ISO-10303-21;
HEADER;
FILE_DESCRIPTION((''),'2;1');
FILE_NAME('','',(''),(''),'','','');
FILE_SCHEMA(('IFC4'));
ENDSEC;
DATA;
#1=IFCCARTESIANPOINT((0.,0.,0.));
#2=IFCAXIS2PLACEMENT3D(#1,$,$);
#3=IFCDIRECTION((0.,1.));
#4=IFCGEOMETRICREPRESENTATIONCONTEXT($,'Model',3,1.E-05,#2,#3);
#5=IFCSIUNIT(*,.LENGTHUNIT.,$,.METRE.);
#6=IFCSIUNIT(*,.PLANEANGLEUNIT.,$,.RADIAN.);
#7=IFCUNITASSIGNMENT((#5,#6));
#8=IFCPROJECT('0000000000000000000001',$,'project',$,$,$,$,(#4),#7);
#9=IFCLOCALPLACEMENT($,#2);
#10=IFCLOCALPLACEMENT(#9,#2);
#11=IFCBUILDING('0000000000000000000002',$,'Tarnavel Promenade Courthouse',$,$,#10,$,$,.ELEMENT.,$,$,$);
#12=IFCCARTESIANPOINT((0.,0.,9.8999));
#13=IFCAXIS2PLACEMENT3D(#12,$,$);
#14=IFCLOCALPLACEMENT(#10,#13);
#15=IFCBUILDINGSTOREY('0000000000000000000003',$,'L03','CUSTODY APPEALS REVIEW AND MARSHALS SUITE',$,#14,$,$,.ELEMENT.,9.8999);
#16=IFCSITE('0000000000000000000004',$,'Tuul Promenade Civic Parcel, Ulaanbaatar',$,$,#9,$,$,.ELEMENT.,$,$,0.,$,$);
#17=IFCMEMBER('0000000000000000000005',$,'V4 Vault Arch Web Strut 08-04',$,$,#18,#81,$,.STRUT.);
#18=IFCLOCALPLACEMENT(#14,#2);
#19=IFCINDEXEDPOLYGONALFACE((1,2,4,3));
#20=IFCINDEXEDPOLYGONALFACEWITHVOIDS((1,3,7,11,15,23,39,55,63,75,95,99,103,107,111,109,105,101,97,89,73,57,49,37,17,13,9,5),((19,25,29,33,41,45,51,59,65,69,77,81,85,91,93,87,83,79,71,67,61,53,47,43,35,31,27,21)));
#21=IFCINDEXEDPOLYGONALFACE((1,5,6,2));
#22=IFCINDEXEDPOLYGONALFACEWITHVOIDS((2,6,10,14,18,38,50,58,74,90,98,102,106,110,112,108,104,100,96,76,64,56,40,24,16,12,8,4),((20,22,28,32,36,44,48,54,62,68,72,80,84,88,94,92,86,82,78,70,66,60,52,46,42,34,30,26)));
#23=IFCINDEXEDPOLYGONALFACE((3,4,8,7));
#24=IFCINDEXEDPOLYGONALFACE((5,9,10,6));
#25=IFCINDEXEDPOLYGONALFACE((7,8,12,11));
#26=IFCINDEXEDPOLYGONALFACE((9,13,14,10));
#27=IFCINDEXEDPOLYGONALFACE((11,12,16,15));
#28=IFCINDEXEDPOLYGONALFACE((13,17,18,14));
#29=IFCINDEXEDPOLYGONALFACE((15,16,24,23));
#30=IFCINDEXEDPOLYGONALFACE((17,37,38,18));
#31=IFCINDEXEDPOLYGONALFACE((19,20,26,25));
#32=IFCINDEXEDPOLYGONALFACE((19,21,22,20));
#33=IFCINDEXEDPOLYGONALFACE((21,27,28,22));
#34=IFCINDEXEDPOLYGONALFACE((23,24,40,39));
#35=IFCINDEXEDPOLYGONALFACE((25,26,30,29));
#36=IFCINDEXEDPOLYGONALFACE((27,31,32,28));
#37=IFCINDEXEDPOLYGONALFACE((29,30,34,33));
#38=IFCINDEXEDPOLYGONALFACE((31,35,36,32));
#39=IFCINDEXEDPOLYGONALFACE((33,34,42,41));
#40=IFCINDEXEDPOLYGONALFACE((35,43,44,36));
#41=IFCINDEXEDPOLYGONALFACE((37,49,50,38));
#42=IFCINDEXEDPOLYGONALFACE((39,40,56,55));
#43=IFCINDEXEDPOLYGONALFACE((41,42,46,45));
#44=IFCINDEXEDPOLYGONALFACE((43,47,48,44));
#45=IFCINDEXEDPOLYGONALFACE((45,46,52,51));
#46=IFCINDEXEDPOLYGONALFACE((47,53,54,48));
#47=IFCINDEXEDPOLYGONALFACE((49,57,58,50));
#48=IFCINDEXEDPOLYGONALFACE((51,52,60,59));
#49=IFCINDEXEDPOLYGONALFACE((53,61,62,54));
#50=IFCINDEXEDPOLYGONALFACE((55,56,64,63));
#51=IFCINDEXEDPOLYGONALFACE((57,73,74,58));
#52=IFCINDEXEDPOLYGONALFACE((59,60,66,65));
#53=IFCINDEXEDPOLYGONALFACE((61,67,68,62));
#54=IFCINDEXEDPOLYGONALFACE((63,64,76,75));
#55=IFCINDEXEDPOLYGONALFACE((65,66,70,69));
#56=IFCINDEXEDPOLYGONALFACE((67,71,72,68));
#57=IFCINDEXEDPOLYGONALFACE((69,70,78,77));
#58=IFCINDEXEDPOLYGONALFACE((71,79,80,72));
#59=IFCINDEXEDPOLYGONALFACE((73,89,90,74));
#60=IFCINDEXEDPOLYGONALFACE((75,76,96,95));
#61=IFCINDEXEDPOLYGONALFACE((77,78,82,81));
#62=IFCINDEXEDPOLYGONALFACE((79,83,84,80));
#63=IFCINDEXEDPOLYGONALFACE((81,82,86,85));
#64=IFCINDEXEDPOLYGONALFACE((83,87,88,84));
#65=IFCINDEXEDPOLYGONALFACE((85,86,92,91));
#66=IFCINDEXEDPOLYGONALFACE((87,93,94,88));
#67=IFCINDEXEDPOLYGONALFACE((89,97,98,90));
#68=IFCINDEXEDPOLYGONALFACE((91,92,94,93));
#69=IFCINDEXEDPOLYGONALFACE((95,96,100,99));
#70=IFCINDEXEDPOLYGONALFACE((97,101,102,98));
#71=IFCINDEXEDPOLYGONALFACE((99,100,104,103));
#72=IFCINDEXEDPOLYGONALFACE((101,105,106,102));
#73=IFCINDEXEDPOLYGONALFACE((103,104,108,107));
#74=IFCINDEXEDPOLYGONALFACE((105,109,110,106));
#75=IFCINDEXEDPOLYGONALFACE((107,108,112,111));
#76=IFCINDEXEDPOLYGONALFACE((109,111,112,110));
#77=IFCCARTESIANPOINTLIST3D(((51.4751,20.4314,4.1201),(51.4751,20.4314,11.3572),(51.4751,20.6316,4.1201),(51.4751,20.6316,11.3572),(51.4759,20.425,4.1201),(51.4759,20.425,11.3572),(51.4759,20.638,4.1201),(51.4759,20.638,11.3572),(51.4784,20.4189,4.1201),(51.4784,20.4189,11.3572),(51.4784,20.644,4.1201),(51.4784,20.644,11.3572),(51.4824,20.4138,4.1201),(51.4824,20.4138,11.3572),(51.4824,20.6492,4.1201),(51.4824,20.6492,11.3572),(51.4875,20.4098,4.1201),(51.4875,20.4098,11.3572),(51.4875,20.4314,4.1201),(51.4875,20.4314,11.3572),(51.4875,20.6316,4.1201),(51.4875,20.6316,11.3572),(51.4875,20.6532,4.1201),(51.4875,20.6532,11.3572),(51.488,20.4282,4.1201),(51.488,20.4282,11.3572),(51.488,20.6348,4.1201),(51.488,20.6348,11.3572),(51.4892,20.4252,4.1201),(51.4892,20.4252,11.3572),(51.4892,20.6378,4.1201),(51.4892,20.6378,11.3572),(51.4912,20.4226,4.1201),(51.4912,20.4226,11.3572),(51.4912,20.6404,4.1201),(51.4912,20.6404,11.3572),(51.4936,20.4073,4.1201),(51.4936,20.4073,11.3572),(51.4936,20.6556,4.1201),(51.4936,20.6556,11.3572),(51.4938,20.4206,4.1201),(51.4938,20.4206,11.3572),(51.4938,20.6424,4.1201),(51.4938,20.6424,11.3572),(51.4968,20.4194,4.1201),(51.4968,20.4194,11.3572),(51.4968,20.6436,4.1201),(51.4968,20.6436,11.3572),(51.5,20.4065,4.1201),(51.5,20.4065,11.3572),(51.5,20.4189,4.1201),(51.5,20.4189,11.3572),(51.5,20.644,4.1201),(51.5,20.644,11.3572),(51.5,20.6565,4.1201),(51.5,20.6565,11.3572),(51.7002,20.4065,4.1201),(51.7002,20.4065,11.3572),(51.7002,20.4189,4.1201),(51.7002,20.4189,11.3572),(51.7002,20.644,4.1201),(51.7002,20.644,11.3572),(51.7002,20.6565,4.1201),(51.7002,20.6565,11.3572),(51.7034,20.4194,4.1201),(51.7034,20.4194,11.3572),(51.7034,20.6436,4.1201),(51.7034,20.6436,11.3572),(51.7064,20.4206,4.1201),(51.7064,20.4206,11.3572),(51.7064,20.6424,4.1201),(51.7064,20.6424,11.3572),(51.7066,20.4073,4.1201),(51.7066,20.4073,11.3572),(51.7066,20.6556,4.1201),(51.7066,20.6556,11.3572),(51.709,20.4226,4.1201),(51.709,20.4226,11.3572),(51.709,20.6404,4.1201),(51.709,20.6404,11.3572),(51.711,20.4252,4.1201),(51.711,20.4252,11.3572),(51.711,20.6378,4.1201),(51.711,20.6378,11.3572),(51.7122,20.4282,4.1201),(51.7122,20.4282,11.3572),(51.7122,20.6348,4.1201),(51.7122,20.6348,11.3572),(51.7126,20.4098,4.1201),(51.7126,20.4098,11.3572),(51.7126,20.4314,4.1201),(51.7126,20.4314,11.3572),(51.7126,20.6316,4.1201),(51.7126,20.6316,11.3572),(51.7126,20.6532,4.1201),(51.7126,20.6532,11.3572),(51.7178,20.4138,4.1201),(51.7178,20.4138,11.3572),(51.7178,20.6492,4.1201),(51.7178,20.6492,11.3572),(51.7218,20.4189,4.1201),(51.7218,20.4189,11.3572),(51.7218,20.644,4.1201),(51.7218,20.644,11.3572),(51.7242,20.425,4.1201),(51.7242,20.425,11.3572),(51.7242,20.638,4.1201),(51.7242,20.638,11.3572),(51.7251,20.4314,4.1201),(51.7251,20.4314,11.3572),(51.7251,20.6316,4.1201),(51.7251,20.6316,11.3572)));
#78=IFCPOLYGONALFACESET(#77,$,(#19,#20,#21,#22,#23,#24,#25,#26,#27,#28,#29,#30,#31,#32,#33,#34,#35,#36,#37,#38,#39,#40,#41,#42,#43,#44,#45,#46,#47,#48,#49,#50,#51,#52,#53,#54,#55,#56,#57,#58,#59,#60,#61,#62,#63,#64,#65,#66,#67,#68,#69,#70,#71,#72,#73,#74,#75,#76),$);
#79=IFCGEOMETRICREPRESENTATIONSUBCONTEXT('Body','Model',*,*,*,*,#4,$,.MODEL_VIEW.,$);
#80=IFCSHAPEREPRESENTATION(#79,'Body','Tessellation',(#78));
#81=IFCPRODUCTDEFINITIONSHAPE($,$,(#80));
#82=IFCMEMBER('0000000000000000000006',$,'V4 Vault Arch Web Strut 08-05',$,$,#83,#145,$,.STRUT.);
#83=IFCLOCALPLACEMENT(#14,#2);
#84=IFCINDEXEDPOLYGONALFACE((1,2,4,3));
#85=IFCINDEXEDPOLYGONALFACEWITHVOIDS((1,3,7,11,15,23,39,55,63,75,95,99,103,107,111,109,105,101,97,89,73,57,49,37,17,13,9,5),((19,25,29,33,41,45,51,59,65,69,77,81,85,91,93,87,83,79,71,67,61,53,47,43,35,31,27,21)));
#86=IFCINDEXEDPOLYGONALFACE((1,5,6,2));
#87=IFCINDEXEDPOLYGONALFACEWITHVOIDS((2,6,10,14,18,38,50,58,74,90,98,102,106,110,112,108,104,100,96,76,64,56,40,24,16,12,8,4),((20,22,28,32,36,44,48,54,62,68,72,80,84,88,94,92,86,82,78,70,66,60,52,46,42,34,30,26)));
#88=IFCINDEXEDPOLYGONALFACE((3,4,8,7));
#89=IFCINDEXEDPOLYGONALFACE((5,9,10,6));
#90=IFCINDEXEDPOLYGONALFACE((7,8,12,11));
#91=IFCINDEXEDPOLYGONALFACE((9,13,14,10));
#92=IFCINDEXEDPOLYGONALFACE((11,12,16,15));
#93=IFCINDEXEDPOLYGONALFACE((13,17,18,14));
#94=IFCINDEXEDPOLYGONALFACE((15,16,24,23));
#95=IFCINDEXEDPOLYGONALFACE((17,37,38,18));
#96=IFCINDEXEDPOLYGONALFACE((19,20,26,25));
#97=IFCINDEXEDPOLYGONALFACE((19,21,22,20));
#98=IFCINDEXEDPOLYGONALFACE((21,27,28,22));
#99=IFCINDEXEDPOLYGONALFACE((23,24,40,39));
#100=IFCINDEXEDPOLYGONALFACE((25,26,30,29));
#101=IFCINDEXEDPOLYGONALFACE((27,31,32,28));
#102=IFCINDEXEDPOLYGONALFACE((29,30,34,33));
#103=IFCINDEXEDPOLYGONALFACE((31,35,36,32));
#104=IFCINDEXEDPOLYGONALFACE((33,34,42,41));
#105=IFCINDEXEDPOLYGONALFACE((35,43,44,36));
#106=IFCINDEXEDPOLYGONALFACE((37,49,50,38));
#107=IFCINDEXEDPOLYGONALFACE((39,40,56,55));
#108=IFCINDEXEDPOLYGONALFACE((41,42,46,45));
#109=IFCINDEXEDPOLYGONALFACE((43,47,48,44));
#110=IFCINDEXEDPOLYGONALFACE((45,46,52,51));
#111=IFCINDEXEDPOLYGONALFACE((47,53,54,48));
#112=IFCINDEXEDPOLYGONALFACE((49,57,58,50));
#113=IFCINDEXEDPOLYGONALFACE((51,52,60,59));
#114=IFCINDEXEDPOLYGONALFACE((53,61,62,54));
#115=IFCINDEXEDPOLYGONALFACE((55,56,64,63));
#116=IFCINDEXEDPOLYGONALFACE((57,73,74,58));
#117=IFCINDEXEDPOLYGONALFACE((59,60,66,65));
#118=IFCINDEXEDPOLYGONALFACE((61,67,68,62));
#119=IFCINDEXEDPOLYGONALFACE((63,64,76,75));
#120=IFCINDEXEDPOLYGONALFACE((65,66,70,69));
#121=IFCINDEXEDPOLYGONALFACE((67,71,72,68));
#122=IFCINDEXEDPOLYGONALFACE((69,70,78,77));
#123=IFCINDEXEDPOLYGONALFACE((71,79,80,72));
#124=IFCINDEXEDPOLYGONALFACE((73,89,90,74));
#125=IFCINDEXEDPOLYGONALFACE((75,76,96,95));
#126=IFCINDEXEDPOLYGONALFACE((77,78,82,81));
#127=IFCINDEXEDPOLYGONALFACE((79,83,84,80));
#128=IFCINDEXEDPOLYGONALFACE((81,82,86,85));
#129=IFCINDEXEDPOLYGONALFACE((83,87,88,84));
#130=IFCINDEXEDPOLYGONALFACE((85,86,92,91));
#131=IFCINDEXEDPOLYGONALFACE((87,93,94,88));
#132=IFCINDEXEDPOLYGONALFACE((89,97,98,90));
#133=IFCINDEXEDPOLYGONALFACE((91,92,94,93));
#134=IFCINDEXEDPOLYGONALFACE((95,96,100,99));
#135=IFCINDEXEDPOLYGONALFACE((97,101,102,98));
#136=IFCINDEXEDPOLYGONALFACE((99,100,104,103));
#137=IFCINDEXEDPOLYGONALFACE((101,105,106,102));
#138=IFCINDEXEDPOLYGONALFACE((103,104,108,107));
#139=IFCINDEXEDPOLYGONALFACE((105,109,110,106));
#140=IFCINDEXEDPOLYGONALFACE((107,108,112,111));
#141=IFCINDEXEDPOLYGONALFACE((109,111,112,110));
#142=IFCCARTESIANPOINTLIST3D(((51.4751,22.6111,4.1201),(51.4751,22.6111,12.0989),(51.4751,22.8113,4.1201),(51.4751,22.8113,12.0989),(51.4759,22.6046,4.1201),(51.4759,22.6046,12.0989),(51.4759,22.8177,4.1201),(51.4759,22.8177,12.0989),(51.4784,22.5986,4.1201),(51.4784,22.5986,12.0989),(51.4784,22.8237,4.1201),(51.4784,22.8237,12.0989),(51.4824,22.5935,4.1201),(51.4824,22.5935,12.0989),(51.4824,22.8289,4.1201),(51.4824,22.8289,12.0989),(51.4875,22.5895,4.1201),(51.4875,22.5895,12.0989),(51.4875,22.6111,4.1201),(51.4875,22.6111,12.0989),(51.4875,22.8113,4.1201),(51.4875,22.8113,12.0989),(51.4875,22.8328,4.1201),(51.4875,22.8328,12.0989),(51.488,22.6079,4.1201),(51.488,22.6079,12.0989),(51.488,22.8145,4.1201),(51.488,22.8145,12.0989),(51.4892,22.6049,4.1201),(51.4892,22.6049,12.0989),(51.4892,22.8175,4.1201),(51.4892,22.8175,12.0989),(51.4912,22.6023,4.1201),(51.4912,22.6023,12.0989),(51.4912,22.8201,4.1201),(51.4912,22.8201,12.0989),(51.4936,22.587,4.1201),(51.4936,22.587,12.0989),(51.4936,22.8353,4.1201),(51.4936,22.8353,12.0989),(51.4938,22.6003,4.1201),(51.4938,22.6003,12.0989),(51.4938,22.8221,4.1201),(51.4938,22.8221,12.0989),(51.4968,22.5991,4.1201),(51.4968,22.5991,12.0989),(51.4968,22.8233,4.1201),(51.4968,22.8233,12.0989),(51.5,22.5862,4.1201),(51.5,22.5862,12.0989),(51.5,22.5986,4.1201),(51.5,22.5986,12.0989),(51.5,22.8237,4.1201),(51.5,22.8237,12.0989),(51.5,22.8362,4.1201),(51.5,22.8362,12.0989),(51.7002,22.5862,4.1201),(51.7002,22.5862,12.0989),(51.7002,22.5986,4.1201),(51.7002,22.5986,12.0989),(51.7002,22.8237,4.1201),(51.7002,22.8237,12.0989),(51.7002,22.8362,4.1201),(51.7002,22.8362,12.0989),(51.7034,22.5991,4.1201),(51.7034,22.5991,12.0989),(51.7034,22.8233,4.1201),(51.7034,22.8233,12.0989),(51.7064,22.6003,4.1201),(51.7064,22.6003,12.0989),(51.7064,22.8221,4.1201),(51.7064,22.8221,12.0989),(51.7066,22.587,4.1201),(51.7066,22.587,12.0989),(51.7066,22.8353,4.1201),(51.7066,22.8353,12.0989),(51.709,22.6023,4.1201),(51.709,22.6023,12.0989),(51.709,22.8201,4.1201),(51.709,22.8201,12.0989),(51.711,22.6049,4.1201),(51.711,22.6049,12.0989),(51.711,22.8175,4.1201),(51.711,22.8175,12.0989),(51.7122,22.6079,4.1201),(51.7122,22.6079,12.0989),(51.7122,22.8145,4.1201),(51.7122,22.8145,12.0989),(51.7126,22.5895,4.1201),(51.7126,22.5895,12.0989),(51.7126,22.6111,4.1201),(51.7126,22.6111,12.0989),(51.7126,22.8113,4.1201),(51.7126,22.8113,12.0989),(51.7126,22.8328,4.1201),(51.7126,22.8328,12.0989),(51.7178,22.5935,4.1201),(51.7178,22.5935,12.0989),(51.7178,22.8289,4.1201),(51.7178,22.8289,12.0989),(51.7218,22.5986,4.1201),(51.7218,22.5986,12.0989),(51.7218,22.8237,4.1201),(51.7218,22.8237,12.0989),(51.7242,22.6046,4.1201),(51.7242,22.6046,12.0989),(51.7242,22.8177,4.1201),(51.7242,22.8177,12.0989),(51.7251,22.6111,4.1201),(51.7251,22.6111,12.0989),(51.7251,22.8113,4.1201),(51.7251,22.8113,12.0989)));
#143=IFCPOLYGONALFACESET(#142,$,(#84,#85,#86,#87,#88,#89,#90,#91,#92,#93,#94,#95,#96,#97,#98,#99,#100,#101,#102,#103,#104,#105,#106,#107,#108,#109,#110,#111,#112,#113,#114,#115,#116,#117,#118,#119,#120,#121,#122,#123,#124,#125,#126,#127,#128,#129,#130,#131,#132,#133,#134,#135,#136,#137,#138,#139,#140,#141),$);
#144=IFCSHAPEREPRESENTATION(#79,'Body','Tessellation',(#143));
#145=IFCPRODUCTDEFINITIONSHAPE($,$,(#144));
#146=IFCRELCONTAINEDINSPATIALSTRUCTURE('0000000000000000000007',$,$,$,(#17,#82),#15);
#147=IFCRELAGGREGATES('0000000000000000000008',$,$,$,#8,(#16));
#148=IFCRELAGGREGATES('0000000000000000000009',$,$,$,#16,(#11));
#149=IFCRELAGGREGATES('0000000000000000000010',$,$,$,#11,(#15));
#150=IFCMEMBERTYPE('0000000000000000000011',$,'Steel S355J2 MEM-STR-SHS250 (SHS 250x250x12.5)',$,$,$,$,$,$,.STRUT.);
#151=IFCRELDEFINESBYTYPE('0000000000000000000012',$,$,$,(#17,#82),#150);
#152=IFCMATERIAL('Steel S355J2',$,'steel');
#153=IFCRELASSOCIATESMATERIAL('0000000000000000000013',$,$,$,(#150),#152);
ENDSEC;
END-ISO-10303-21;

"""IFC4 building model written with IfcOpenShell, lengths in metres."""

from ifc_helpers import new_model, si_unit, direction, frame, origin, origin_2d, place, context, subcontext, project, spatial, hollow_rectangle, extrude, material, material_profile, profile_set, type_object, element, save


model = new_model("IFC4")

# Units and contexts
model_context = context("Model", 3, precision=1e-05, world=origin(), true_north=direction((0.0, 1.0)))
body_context = subcontext(model_context, "Body", "Model", "MODEL_VIEW")
ifc_project = project(units=[si_unit("LENGTHUNIT", "METRE"), si_unit("PLANEANGLEUNIT", "RADIAN")], contexts=[model_context])

# Site, building, storey
site_placement = place(None, origin())
site = spatial("IfcSite", under=ifc_project, at=site_placement, Name="Tuul Promenade Civic Parcel, Ulaanbaatar", CompositionType="ELEMENT", RefElevation=0.0)
building_placement = place(site_placement, origin())
building = spatial("IfcBuilding", under=site, at=building_placement, Name="Tarnavel Promenade Courthouse", CompositionType="ELEMENT")
storey_placement = place(building_placement, frame((0.0, 0.0, 9.8999)))
storey = spatial("IfcBuildingStorey", under=building, at=storey_placement, Name="L03", Description="CUSTODY APPEALS REVIEW AND MARSHALS SUITE", CompositionType="ELEMENT", Elevation=9.8999)

# Shared definitions
ifc_material_1 = material(Name="Steel S355J2", Category="steel")

# Members
ifc_material_profile_1 = material_profile(ifc_material_1, hollow_rectangle(XDim=0.25, YDim=0.25, WallThickness=0.0125, InnerFilletRadius=0.0125, OuterFilletRadius=0.0249, at=origin_2d()), Name="SHS 250x250x12.5")
ifc_profile_set_1 = profile_set([ifc_material_profile_1], Name="Steel S355J2")
member_type_1 = type_object("IfcMemberType", Name="Steel S355J2 MEM-STR-SHS250 (SHS 250x250x12.5)", PredefinedType="STRUT", material=ifc_profile_set_1)
member_1_placement = place(storey_placement, frame((51.6001, 20.5315, 4.1201), z_axis=(0.0, 0.0, 1.0), x_axis=(1.0, 0.0, 0.0)))
element("IfcMember", 1, at=member_1_placement, inside=storey, type_object=member_type_1, Name="V4 Vault Arch Web Strut 08-04", PredefinedType="STRUT", context=body_context, shape_type="SweptSolid", body=[
    extrude(hollow_rectangle(XDim=0.25, YDim=0.25, WallThickness=0.0125, InnerFilletRadius=0.0125, OuterFilletRadius=0.0249, at=origin_2d()), origin(), (0.0, 0.0, 1.0), 7.2371),
])
member_2_placement = place(storey_placement, frame((51.6001, 22.7112, 4.1201), z_axis=(0.0, 0.0, 1.0), x_axis=(1.0, 0.0, 0.0)))
element("IfcMember", 2, at=member_2_placement, inside=storey, type_object=member_type_1, Name="V4 Vault Arch Web Strut 08-05", PredefinedType="STRUT", context=body_context, shape_type="SweptSolid", body=[
    extrude(hollow_rectangle(XDim=0.25, YDim=0.25, WallThickness=0.0125, InnerFilletRadius=0.0125, OuterFilletRadius=0.0249, at=origin_2d()), origin(), (0.0, 0.0, 1.0), 7.9788),
])

save(model, "model.ifc")
